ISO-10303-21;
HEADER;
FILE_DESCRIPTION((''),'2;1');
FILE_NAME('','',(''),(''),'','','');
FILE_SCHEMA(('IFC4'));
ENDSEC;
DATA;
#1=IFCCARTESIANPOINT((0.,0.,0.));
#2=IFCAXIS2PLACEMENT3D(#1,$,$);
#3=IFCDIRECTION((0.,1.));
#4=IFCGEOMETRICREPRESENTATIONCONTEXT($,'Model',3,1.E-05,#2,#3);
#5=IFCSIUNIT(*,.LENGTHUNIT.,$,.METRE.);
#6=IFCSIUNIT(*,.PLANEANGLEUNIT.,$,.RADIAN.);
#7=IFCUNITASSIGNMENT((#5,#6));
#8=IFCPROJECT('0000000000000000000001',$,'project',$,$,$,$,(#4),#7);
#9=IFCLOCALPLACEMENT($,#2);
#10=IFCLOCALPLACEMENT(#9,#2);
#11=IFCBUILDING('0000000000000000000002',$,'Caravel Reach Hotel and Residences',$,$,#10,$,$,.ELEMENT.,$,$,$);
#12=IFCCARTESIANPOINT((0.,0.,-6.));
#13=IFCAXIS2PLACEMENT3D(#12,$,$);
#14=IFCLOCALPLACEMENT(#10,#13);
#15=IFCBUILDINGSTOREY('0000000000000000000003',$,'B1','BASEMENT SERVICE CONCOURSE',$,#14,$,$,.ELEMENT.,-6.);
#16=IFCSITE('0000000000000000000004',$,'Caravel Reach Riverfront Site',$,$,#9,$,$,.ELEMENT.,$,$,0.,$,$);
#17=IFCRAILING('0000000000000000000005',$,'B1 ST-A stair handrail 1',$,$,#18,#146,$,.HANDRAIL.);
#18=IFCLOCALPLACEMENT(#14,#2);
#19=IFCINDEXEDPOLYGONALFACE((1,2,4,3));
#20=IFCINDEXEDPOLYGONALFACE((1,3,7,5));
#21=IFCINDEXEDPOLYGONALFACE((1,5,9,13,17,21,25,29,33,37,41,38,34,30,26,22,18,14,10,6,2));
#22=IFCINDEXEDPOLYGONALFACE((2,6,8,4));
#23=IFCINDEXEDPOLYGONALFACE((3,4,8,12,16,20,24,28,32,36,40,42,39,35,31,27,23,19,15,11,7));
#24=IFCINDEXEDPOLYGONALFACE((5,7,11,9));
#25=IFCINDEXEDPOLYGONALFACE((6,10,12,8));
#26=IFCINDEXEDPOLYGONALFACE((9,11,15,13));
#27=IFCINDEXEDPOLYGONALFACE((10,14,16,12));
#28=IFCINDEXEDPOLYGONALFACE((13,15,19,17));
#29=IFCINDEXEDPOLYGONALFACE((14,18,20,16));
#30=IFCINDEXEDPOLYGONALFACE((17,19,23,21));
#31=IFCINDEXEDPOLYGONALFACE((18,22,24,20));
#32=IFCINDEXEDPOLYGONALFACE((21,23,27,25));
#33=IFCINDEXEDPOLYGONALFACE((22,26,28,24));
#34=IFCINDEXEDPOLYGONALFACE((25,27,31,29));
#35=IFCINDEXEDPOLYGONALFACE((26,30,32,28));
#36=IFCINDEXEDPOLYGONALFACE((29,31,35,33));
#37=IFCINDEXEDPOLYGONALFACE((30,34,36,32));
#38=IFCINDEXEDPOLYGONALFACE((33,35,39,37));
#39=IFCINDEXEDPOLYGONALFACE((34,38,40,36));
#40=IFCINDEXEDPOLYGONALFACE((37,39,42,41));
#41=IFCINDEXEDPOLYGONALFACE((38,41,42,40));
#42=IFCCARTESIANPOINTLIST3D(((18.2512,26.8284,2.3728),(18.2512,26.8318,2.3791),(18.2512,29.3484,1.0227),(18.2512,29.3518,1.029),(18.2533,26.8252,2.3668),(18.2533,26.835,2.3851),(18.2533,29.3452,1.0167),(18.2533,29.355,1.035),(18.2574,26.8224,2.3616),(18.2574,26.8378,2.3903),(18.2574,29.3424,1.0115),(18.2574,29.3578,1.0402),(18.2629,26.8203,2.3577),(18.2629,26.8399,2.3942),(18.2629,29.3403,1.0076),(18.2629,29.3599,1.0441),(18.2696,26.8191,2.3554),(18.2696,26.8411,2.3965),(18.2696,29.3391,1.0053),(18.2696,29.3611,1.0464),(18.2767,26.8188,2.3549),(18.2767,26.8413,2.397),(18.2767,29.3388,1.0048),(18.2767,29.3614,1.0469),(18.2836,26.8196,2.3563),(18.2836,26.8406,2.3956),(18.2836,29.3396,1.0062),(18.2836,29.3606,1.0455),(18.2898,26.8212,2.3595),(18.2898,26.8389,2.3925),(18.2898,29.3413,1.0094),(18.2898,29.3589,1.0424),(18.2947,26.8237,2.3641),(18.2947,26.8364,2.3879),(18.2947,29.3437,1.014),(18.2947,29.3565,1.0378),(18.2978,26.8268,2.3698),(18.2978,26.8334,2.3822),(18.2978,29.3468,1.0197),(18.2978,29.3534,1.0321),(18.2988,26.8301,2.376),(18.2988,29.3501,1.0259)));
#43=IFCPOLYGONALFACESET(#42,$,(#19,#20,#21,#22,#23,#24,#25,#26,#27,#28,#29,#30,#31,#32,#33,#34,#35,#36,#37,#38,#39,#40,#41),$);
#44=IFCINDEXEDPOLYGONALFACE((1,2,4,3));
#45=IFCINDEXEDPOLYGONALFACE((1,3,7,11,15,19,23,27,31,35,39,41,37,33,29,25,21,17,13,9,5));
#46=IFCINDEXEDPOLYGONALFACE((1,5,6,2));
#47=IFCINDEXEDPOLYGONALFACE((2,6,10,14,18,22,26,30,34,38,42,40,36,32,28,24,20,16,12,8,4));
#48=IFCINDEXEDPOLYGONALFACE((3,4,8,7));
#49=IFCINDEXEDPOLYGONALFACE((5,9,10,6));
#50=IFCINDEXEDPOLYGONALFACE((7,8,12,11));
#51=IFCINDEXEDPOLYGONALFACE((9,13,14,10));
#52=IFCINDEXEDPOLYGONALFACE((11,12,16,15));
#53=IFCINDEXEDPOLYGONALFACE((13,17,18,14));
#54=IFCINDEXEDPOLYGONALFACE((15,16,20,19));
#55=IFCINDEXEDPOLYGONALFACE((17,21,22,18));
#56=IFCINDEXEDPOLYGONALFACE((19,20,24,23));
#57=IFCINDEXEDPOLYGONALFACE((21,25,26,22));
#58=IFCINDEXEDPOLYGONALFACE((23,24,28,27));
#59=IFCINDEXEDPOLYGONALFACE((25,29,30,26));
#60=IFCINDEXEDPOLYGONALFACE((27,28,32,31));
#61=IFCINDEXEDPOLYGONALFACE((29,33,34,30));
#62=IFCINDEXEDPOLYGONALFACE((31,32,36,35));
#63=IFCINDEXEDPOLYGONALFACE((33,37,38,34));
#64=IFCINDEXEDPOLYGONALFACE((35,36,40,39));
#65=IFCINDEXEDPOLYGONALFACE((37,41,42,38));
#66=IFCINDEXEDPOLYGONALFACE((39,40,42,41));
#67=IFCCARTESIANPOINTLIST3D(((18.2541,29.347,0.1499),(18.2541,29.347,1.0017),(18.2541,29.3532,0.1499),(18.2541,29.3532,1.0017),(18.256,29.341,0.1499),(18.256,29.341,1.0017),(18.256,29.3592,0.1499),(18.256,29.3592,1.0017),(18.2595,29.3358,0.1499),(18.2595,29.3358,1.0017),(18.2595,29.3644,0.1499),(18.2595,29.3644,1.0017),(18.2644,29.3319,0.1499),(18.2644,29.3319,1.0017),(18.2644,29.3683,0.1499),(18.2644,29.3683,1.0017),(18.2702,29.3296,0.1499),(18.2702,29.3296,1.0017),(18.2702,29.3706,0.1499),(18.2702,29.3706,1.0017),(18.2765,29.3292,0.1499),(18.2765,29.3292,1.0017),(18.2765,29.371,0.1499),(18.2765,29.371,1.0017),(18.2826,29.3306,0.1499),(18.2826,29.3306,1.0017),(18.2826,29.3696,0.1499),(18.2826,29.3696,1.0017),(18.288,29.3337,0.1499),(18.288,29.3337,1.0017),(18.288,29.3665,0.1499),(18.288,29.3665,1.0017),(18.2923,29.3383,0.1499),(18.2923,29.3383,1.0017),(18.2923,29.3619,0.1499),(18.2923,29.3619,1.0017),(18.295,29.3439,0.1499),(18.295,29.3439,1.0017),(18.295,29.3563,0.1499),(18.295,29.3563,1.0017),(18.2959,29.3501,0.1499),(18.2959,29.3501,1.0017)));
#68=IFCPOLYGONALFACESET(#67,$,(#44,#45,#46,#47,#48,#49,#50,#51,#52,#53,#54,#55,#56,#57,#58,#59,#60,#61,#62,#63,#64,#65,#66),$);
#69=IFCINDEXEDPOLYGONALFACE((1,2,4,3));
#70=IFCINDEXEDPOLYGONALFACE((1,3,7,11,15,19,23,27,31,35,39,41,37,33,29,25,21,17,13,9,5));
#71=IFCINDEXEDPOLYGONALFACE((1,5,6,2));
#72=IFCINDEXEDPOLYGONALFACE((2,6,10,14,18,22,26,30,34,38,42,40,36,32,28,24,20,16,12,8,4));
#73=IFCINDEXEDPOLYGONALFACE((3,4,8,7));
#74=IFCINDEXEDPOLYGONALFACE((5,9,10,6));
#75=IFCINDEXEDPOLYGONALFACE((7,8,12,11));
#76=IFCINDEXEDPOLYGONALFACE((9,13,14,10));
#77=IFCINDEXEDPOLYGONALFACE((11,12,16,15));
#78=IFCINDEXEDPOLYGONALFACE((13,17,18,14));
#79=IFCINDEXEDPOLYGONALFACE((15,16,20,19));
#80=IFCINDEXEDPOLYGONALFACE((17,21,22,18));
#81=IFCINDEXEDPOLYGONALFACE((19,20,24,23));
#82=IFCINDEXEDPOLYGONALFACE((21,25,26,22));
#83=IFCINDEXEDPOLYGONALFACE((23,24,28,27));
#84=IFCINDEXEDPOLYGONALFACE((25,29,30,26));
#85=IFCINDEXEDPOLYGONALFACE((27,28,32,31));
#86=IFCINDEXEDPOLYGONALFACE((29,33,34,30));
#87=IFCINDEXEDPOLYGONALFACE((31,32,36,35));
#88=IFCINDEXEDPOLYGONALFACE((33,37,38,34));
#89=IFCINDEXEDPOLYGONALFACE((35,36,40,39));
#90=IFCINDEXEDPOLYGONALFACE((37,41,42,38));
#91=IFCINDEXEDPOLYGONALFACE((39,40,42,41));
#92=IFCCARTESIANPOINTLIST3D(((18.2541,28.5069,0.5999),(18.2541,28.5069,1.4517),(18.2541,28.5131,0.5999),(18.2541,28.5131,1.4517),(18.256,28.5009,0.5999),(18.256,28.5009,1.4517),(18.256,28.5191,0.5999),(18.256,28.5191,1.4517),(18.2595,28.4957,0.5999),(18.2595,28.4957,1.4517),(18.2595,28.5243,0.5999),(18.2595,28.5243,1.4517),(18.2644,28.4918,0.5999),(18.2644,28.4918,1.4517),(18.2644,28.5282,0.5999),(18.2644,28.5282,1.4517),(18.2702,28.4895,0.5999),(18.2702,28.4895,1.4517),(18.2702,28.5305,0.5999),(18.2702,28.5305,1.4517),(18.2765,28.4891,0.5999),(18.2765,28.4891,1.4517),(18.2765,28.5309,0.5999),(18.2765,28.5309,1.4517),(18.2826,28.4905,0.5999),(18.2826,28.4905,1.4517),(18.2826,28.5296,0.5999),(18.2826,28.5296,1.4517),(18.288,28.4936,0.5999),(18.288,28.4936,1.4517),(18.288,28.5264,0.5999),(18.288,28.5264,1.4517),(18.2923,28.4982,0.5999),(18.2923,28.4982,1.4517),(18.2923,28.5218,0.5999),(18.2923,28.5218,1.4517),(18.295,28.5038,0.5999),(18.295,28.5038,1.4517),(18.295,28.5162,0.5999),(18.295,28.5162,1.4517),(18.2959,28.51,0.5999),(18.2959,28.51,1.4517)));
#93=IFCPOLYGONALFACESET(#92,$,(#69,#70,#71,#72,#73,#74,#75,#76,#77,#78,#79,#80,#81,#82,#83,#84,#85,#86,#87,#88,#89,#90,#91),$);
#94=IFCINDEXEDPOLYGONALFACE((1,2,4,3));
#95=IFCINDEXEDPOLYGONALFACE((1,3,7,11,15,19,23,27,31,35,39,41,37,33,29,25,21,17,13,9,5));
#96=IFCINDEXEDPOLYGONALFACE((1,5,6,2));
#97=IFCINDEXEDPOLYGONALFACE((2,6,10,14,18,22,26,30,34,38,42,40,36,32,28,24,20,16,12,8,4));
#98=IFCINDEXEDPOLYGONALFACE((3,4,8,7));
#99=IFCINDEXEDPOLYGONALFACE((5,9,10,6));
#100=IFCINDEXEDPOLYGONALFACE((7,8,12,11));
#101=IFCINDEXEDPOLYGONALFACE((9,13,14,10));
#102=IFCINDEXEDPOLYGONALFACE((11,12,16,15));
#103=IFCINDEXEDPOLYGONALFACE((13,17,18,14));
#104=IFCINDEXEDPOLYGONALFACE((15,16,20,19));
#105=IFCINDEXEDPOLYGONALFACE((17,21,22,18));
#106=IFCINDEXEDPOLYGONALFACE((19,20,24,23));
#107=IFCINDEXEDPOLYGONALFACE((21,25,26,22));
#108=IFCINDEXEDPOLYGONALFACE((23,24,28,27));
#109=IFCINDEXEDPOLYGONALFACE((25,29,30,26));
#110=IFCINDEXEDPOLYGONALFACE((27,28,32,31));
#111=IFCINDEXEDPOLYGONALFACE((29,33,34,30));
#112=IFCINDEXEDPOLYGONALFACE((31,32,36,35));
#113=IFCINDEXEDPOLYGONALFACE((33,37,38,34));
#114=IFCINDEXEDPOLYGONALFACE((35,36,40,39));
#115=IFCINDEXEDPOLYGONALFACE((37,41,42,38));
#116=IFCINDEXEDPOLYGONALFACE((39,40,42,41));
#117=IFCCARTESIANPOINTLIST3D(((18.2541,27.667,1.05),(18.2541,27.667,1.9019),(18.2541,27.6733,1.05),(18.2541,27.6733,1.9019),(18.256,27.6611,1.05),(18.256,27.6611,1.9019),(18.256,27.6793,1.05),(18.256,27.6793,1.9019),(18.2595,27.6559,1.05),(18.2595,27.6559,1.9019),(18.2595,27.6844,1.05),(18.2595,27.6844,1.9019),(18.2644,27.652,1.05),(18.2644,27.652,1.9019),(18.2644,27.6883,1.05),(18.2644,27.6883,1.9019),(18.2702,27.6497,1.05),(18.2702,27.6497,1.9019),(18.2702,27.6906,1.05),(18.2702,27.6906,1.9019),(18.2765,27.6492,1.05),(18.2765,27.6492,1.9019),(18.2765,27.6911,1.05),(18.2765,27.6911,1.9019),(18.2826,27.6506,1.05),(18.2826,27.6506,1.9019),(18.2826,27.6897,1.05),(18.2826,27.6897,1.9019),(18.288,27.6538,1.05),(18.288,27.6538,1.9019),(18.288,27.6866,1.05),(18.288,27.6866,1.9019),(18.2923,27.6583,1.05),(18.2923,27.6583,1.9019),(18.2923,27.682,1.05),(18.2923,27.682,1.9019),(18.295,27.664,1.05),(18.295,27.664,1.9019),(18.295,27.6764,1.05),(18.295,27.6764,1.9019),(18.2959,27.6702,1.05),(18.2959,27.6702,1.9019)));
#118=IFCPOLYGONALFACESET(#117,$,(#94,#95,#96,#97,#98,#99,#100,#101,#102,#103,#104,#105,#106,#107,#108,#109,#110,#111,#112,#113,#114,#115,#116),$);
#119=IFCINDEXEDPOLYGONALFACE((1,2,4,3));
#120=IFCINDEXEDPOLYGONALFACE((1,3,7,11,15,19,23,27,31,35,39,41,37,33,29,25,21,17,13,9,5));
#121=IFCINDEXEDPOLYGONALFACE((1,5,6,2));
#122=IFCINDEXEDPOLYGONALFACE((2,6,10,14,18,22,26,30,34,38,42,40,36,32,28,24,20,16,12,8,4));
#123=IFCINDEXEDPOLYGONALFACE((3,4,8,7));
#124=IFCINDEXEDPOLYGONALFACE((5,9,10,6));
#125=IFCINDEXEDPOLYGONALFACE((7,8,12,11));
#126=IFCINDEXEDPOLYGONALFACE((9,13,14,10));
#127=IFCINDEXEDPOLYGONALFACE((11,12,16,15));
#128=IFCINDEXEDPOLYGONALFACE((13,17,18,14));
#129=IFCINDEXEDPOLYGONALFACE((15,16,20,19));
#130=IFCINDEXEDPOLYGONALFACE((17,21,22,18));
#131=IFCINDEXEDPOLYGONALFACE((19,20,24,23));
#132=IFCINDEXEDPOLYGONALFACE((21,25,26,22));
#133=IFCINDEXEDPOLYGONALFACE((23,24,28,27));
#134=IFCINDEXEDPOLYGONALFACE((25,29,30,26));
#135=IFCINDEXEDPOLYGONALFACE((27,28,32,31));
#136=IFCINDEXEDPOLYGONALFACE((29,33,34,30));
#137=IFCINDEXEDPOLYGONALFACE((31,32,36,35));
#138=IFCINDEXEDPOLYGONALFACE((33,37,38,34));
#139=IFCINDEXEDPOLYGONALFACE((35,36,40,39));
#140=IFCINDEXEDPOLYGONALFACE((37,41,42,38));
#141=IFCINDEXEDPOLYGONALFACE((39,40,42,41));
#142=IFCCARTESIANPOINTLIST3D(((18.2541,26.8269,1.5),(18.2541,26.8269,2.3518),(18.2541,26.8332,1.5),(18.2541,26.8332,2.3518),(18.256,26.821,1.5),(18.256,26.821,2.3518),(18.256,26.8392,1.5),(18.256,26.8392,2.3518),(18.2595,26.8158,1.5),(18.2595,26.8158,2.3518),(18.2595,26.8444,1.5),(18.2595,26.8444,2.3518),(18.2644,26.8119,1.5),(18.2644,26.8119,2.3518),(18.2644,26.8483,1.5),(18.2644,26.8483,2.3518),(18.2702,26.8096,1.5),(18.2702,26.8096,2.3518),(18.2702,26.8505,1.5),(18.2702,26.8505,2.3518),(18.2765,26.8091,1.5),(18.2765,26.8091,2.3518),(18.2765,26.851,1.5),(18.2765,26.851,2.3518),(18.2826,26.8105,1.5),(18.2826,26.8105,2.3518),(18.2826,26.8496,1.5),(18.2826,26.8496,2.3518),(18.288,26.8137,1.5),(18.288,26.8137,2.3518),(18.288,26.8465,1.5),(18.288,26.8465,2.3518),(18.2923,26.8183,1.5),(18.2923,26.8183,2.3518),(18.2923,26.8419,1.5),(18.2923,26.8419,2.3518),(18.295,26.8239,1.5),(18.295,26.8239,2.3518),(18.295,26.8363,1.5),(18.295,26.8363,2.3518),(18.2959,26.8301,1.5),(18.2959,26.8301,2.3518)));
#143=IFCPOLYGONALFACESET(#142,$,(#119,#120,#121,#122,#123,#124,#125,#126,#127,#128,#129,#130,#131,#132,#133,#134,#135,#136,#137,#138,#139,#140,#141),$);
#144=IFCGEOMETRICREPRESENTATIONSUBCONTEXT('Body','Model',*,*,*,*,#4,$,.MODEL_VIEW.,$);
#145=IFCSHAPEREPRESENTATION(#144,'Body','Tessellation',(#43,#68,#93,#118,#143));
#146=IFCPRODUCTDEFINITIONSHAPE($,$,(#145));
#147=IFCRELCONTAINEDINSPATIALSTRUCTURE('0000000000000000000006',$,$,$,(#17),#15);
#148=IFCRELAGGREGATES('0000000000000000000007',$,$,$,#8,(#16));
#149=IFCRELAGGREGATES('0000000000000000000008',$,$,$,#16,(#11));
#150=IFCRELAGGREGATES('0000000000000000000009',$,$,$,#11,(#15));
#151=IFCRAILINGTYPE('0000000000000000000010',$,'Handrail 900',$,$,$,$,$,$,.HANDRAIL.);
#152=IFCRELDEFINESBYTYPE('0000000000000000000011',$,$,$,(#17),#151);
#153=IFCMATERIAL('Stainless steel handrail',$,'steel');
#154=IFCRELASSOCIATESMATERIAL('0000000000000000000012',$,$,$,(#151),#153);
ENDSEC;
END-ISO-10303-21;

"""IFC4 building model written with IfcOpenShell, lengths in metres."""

from ifc_helpers import new_model, si_unit, direction, frame, origin, origin_2d, place, context, subcontext, project, spatial, circle, extrude, material, type_object, element, save


model = new_model("IFC4")

# Units and contexts
model_context = context("Model", 3, precision=1e-05, world=origin(), true_north=direction((0.0, 1.0)))
body_context = subcontext(model_context, "Body", "Model", "MODEL_VIEW")
ifc_project = project(units=[si_unit("LENGTHUNIT", "METRE"), si_unit("PLANEANGLEUNIT", "RADIAN")], contexts=[model_context])

# Site, building, storey
site_placement = place(None, origin())
site = spatial("IfcSite", under=ifc_project, at=site_placement, Name="Caravel Reach Riverfront Site", CompositionType="ELEMENT", RefElevation=0.0)
building_placement = place(site_placement, origin())
building = spatial("IfcBuilding", under=site, at=building_placement, Name="Caravel Reach Hotel and Residences", CompositionType="ELEMENT")
storey_placement = place(building_placement, frame((0.0, 0.0, -6.0)))
storey = spatial("IfcBuildingStorey", under=building, at=storey_placement, Name="B1", Description="BASEMENT SERVICE CONCOURSE", CompositionType="ELEMENT", Elevation=-6.0)

# Railing
ifc_material_1 = material(Name="Stainless steel handrail", Category="steel")
railing_type_1 = type_object("IfcRailingType", Name="Handrail 900", PredefinedType="HANDRAIL", material=ifc_material_1)
for number, where, name in (
    (1, (18.2749, 29.3501, 0.1499), "B1 ST-A stair handrail 1"),
):
    element("IfcRailing", number, at=place(storey_placement, frame(where)), inside=storey, type_object=railing_type_1, Name=name, PredefinedType="HANDRAIL", context=body_context, shape_type="SweptSolid", body=[
        extrude(circle(Radius=0.0239, at=origin_2d()), frame((0.0, 0.0, 0.876), z_axis=(0.0, -0.881467, 0.472245), x_axis=(1.0, 0.0, 0.0)), (0.0, 0.0, 1.0), 2.8589),
        extrude(circle(Radius=0.021, at=origin_2d()), origin(), (0.0, 0.0, 1.0), 0.8518),
        extrude(circle(Radius=0.021, at=origin_2d()), frame((0.0, -0.8401, 0.45)), (0.0, 0.0, 1.0), 0.8518),
        extrude(circle(Radius=0.021, at=origin_2d()), frame((0.0, -1.6799, 0.9001)), (0.0, 0.0, 1.0), 0.8518),
        extrude(circle(Radius=0.021, at=origin_2d()), frame((0.0, -2.52, 1.3501)), (0.0, 0.0, 1.0), 0.8518),
    ])

save(model, "model.ifc")
